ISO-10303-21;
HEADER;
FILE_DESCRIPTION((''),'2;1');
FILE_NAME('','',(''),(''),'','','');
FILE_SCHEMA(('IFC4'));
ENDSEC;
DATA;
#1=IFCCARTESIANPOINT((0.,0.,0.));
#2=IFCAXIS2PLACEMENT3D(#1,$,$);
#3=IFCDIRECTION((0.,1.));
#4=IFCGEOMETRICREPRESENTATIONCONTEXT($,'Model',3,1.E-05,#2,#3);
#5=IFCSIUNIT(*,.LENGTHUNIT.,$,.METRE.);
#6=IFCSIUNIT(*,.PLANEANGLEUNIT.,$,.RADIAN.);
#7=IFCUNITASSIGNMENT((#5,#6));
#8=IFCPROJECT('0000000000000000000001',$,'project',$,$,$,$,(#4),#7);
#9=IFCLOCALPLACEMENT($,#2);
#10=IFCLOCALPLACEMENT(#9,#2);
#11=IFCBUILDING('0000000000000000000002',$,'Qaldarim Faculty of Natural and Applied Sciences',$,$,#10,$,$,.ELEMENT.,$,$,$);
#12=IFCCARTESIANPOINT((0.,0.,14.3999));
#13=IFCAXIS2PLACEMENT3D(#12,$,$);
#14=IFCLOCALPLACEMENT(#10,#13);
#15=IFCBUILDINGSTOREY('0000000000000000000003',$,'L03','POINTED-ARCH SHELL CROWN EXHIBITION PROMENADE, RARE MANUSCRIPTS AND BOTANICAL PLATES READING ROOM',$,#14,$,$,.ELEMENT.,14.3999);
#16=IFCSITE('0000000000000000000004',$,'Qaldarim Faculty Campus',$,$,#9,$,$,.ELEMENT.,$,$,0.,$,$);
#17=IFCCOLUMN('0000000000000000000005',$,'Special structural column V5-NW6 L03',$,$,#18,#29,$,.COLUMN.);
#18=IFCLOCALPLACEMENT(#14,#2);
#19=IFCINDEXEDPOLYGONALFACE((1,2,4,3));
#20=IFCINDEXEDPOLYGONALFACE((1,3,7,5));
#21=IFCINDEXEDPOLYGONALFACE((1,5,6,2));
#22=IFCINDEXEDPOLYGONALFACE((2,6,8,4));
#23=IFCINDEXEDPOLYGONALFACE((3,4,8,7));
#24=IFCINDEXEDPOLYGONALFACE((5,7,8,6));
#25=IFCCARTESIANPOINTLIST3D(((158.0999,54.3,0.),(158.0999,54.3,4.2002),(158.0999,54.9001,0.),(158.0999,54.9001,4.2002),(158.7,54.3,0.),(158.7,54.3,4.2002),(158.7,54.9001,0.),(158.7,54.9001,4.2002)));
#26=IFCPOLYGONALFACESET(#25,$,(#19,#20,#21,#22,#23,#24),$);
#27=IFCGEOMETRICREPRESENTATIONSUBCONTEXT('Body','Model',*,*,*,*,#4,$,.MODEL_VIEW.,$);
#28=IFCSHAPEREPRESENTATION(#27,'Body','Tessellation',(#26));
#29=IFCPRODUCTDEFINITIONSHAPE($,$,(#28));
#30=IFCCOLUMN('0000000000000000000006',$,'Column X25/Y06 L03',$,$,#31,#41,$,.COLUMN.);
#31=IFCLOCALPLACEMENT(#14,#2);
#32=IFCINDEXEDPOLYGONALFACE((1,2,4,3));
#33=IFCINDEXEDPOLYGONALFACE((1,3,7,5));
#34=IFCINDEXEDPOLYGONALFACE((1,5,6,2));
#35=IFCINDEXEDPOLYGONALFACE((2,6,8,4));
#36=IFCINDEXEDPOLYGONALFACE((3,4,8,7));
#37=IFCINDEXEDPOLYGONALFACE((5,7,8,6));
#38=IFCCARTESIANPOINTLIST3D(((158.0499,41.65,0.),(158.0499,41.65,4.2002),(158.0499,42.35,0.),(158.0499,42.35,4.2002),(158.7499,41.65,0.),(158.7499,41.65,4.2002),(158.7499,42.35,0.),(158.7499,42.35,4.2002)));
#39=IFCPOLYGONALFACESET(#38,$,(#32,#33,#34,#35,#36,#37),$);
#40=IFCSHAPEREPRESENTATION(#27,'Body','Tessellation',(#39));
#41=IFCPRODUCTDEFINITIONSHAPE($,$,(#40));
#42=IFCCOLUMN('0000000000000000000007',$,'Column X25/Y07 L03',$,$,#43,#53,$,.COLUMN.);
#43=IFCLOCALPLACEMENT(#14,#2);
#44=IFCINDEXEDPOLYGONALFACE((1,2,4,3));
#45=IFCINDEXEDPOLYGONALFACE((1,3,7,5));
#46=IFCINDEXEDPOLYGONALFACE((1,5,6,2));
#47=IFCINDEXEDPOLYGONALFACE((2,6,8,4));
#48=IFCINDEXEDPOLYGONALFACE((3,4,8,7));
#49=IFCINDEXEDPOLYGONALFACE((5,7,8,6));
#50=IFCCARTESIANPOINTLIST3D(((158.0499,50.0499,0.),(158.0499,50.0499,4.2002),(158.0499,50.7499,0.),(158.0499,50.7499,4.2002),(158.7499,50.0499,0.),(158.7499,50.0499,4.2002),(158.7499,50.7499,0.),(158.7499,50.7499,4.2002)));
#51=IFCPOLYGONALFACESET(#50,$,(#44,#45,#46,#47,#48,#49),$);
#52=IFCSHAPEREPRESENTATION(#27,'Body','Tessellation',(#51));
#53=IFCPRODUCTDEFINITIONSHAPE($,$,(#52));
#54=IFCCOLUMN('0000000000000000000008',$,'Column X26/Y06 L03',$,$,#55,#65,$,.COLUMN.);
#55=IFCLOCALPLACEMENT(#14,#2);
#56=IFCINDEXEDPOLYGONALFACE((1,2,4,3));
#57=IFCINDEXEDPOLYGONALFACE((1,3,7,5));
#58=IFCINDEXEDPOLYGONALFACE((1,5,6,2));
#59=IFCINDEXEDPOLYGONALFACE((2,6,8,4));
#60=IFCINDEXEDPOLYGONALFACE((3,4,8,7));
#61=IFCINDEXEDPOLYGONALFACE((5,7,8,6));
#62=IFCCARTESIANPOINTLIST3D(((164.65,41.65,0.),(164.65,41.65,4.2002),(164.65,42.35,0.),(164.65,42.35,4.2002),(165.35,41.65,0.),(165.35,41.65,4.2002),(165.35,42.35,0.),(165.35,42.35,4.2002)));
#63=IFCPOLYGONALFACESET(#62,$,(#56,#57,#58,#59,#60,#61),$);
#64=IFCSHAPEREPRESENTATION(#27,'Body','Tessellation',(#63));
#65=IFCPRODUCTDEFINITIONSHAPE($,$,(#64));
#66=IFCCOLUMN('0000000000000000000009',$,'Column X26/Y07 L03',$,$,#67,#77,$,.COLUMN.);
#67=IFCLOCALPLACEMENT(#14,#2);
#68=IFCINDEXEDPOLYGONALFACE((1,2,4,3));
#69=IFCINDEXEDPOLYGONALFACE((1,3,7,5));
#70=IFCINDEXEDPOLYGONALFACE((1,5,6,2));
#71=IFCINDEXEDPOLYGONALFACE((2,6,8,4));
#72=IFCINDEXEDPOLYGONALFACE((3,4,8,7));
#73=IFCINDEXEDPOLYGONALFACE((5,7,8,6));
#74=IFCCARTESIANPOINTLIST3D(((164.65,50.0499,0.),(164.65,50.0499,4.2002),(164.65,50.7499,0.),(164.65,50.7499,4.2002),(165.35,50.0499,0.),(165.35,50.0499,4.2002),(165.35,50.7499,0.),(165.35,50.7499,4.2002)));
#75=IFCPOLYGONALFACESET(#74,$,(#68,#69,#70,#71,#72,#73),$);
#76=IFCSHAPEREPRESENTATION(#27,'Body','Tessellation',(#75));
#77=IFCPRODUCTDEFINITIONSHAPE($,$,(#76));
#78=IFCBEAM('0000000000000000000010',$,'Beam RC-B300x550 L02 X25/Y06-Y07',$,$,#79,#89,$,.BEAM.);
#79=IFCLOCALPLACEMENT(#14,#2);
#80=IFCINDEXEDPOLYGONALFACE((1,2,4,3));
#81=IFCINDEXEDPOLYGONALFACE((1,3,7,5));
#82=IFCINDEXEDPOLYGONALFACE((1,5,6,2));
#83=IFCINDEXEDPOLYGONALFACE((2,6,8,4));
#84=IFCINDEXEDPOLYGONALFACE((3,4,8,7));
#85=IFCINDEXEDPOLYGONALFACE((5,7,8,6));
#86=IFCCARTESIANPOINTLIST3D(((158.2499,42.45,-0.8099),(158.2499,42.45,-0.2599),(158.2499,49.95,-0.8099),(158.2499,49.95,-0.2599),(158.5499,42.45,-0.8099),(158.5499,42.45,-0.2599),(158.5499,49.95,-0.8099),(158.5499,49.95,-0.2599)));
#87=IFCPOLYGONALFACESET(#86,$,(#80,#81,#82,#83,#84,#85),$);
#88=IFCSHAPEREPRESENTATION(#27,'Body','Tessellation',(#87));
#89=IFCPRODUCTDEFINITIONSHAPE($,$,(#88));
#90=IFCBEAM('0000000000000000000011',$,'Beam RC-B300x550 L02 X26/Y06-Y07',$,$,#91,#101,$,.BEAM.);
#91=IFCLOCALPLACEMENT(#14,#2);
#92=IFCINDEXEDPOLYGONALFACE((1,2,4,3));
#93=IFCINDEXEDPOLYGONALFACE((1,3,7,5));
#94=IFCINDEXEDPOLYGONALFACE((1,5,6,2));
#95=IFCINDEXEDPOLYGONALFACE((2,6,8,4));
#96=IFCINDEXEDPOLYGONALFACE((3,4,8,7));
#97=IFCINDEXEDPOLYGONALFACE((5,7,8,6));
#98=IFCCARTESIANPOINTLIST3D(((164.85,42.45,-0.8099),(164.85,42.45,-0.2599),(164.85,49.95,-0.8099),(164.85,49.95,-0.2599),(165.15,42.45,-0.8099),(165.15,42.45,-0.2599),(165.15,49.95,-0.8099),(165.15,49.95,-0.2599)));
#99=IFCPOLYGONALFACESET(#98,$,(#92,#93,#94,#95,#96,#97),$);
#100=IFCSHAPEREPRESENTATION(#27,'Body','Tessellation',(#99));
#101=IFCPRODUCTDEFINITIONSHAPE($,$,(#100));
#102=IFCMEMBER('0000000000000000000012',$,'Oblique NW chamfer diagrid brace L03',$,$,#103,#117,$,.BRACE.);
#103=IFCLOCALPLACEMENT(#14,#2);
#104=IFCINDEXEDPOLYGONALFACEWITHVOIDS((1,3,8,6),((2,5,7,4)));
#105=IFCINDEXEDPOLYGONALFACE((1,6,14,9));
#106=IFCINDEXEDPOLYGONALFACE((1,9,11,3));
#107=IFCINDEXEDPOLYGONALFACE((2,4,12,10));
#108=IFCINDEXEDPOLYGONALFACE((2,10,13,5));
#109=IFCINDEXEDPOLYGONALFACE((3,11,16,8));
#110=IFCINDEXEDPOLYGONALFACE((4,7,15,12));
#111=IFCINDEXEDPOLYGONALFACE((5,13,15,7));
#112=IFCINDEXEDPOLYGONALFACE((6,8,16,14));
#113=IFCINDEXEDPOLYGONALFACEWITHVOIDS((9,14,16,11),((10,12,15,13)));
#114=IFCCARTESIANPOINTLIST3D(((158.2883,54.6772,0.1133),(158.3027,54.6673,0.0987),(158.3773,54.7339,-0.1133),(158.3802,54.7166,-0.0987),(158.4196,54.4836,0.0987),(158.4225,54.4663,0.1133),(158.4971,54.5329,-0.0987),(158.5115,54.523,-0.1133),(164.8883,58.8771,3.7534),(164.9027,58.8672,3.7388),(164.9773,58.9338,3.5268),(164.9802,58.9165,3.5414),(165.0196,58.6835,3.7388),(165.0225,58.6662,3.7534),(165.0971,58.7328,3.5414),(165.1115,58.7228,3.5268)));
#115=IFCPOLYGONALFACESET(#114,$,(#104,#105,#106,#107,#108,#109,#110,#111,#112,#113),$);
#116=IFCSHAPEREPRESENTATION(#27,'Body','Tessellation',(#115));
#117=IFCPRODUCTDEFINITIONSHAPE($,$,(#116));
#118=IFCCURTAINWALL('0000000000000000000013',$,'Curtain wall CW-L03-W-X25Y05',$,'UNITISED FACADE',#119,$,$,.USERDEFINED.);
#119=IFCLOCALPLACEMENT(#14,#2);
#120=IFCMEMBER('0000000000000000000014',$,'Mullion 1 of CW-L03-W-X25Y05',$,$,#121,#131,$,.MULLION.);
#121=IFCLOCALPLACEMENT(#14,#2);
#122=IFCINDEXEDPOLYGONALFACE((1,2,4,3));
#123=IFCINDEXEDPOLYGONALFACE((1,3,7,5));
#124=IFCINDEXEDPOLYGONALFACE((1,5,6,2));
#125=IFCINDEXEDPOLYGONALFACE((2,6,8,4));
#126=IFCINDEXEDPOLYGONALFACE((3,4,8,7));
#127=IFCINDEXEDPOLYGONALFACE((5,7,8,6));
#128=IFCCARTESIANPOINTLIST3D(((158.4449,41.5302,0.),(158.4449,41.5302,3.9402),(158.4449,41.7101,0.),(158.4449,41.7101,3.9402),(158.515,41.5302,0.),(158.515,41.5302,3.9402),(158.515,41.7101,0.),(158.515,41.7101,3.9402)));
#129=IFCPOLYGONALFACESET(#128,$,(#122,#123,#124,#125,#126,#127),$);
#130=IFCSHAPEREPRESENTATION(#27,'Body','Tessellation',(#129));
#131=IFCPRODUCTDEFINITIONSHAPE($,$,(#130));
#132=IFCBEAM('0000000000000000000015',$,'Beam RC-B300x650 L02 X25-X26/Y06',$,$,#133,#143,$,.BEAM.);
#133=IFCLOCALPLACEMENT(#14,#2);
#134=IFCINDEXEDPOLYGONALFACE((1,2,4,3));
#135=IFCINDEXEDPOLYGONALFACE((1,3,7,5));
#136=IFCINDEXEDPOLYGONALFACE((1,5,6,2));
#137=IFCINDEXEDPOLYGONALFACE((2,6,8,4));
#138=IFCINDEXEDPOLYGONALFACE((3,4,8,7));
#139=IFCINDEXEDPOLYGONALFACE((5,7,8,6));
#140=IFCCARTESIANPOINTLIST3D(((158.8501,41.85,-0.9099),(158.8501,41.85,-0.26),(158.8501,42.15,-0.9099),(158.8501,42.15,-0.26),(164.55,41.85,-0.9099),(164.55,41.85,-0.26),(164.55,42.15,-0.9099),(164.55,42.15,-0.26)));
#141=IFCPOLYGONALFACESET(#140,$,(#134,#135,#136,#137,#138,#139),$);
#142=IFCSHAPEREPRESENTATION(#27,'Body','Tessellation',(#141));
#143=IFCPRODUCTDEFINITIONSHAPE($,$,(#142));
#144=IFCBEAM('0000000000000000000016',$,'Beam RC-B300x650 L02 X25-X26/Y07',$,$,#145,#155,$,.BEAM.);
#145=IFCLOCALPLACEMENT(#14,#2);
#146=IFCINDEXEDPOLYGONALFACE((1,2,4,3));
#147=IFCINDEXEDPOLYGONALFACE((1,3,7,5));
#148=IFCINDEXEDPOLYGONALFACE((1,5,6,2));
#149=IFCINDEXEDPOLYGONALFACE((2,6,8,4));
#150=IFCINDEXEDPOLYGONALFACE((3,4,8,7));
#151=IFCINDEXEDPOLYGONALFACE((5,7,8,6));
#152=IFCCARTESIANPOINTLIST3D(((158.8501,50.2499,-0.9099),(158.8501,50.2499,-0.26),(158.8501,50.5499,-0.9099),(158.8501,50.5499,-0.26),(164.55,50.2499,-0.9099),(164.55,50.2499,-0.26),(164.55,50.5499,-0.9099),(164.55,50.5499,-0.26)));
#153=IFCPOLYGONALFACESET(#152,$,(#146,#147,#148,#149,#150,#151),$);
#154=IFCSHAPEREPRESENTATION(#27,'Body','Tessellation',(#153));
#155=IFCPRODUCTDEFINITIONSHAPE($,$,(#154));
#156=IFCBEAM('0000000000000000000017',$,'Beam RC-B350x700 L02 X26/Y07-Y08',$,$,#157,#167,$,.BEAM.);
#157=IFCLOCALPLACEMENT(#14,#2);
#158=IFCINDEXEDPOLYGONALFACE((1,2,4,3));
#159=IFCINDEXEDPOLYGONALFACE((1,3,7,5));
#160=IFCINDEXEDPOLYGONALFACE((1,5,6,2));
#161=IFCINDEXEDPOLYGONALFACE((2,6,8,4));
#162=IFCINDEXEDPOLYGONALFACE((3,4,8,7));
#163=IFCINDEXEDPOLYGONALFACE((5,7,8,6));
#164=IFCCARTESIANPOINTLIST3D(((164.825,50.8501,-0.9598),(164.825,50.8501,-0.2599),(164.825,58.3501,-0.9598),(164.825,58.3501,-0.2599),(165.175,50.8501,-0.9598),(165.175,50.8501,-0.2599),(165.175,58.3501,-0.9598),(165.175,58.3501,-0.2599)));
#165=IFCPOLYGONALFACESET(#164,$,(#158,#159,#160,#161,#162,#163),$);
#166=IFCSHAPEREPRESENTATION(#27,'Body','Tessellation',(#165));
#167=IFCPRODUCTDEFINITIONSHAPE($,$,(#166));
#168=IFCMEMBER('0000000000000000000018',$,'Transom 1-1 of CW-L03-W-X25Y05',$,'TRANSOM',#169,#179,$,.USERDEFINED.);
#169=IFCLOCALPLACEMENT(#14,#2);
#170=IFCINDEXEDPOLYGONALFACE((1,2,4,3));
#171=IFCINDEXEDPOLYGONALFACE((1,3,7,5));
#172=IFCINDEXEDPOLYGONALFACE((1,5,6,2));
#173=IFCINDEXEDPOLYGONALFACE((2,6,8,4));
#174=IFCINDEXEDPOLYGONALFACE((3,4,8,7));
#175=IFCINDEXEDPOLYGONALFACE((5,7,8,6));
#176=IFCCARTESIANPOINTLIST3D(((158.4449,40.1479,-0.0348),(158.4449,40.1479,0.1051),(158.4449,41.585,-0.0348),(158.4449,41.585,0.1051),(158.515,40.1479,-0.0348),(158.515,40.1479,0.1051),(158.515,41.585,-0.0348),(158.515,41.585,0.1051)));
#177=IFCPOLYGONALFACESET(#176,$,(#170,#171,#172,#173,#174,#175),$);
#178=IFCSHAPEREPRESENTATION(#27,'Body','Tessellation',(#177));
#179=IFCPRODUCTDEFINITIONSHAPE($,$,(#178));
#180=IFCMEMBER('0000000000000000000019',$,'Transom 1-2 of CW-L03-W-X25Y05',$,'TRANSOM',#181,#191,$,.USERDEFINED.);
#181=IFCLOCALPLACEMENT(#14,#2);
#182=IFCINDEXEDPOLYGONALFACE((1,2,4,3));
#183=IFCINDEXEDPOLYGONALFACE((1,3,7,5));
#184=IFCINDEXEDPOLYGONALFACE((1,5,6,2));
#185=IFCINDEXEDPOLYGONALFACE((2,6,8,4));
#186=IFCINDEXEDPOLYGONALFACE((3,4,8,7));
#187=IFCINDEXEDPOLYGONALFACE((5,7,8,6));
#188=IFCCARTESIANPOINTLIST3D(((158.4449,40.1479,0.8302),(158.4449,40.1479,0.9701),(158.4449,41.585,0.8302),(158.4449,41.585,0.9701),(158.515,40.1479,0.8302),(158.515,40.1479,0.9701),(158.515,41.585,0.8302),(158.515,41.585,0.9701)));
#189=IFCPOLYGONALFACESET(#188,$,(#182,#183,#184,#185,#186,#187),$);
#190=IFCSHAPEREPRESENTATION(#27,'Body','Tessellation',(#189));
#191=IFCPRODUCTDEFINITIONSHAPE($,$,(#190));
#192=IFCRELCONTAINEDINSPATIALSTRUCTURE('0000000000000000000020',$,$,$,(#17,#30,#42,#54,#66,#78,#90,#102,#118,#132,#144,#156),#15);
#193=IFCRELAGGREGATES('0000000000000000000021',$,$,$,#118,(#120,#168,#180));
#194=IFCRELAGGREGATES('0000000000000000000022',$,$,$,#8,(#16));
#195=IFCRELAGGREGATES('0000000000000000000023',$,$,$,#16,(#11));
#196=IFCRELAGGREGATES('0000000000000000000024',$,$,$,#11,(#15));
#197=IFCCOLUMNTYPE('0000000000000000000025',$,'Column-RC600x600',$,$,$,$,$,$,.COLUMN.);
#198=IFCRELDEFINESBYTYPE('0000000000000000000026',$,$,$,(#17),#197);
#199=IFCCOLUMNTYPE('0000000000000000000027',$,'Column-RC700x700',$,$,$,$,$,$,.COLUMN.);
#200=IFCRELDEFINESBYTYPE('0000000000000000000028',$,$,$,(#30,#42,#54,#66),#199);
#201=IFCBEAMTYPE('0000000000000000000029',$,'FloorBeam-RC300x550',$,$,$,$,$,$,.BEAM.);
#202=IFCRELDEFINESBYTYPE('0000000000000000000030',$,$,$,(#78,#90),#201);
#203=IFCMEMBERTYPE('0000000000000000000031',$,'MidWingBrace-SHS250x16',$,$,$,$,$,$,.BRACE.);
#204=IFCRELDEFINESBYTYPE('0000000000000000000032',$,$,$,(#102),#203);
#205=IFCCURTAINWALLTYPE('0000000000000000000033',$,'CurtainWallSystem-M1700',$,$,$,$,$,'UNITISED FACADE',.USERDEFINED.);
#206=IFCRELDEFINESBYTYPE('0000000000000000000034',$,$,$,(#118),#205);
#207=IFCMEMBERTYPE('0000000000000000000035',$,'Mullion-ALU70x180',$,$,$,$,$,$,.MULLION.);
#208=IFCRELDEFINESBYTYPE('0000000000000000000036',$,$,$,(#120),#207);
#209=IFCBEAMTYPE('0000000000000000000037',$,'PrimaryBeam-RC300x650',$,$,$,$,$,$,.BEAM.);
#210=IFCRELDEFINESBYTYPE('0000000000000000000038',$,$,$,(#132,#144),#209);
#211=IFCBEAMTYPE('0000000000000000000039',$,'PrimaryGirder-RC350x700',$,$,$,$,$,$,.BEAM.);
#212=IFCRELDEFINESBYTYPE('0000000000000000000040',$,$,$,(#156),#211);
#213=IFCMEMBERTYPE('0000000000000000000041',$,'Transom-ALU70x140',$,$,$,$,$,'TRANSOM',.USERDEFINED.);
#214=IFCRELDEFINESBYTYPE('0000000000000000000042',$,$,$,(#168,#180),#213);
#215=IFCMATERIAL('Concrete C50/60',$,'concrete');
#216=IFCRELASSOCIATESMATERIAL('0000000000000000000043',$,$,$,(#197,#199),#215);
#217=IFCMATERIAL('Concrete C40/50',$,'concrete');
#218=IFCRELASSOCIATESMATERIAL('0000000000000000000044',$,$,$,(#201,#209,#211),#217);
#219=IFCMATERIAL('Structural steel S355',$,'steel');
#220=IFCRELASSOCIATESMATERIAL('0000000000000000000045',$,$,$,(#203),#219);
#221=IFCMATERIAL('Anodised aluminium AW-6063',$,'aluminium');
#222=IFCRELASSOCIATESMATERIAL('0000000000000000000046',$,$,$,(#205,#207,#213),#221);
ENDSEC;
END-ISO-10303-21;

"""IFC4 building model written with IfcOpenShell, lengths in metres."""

from ifc_helpers import new_model, si_unit, direction, frame, origin, origin_2d, place, context, subcontext, project, spatial, rectangle, hollow_rectangle, extrude, material, material_profile, profile_set, type_object, element, aggregate, save


model = new_model("IFC4")

# Units and contexts
model_context = context("Model", 3, precision=1e-05, world=origin(), true_north=direction((0.0, 1.0)))
body_context = subcontext(model_context, "Body", "Model", "MODEL_VIEW")
ifc_project = project(units=[si_unit("LENGTHUNIT", "METRE"), si_unit("PLANEANGLEUNIT", "RADIAN")], contexts=[model_context])

# Site, building, storey
site_placement = place(None, origin())
site = spatial("IfcSite", under=ifc_project, at=site_placement, Name="Qaldarim Faculty Campus", CompositionType="ELEMENT", RefElevation=0.0)
building_placement = place(site_placement, origin())
building = spatial("IfcBuilding", under=site, at=building_placement, Name="Qaldarim Faculty of Natural and Applied Sciences", CompositionType="ELEMENT")
storey_placement = place(building_placement, frame((0.0, 0.0, 14.3999)))
storey = spatial("IfcBuildingStorey", under=building, at=storey_placement, Name="L03", Description="POINTED-ARCH SHELL CROWN EXHIBITION PROMENADE, RARE MANUSCRIPTS AND BOTANICAL PLATES READING ROOM", CompositionType="ELEMENT", Elevation=14.3999)

# Columns
ifc_material_1 = material(Name="Concrete C50/60", Category="concrete")
ifc_material_profile_1 = material_profile(ifc_material_1, rectangle(XDim=0.6001, YDim=0.6001, at=origin_2d()), Name="RC-C600x600")
ifc_profile_set_1 = profile_set([ifc_material_profile_1], Name="Concrete C50/60")
column_type_1 = type_object("IfcColumnType", Name="Column-RC600x600", PredefinedType="COLUMN", material=ifc_profile_set_1)
column_placement = place(storey_placement, frame((158.3999, 54.6001, 0.0), z_axis=(0.0, 0.0, 1.0), x_axis=(1.0, 0.0, 0.0)))
element("IfcColumn", 1, at=column_placement, inside=storey, type_object=column_type_1, Name="Special structural column V5-NW6 L03", PredefinedType="COLUMN", context=body_context, shape_type="SweptSolid", body=[
    extrude(rectangle(XDim=0.6001, YDim=0.6001, at=origin_2d()), origin(), (0.0, 0.0, 1.0), 4.2002),
])
ifc_material_profile_2 = material_profile(ifc_material_1, rectangle(XDim=0.7, YDim=0.7, at=origin_2d()), Name="RC-C700x700")
ifc_profile_set_2 = profile_set([ifc_material_profile_2], Name="Concrete C50/60")
column_type_2 = type_object("IfcColumnType", Name="Column-RC700x700", PredefinedType="COLUMN", material=ifc_profile_set_2)
for number, where, z_axis, x_axis, name in (
    (2, (158.3999, 42.0, 0.0), (0.0, 0.0, 1.0), (1.0, 0.0, 0.0), "Column X25/Y06 L03"),
    (3, (158.3999, 50.3999, 0.0), (0.0, 0.0, 1.0), (1.0, 0.0, 0.0), "Column X25/Y07 L03"),
    (4, (165.0, 42.0, 0.0), (0.0, 0.0, 1.0), (1.0, 0.0, 0.0), "Column X26/Y06 L03"),
    (5, (165.0, 50.3999, 0.0), (0.0, 0.0, 1.0), (1.0, 0.0, 0.0), "Column X26/Y07 L03"),
):
    element("IfcColumn", number, at=place(storey_placement, frame(where, z_axis=z_axis, x_axis=x_axis)), inside=storey, type_object=column_type_2, Name=name, PredefinedType="COLUMN", context=body_context, shape_type="SweptSolid", body=[
        extrude(rectangle(XDim=0.7, YDim=0.7, at=origin_2d()), origin(), (0.0, 0.0, 1.0), 4.2002),
    ])

# Beams
ifc_material_2 = material(Name="Concrete C40/50", Category="concrete")
ifc_material_profile_3 = material_profile(ifc_material_2, rectangle(XDim=0.3, YDim=0.55, at=origin_2d()), Name="RC-B300x550")
ifc_profile_set_3 = profile_set([ifc_material_profile_3], Name="Concrete C40/50")
beam_type_1 = type_object("IfcBeamType", Name="FloorBeam-RC300x550", PredefinedType="BEAM", material=ifc_profile_set_3)
for number, where, z_axis, x_axis, name in (
    (6, (158.3999, 42.45, -0.5349), (0.0, 1.0, 0.0), (-1.0, 0.0, 0.0), "Beam RC-B300x550 L02 X25/Y06-Y07"),
    (7, (165.0, 42.45, -0.5349), (0.0, 1.0, 0.0), (-1.0, 0.0, 0.0), "Beam RC-B300x550 L02 X26/Y06-Y07"),
):
    element("IfcBeam", number, at=place(storey_placement, frame(where, z_axis=z_axis, x_axis=x_axis)), inside=storey, type_object=beam_type_1, Name=name, PredefinedType="BEAM", context=body_context, shape_type="SweptSolid", body=[
        extrude(rectangle(XDim=0.3, YDim=0.55, at=origin_2d()), origin(), (0.0, 0.0, 1.0), 7.5),
    ])

# Member
ifc_material_3 = material(Name="Structural steel S355", Category="steel")
ifc_material_profile_4 = material_profile(ifc_material_3, hollow_rectangle(XDim=0.25, YDim=0.25, WallThickness=0.0161, at=origin_2d()), Name="SHS 250x250x16.0")
ifc_profile_set_4 = profile_set([ifc_material_profile_4], Name="Structural steel S355")
member_type_1 = type_object("IfcMemberType", Name="MidWingBrace-SHS250x16", PredefinedType="BRACE", material=ifc_profile_set_4)
member_1_placement = place(storey_placement, frame((158.3999, 54.6001, 0.0), z_axis=(0.764916, 0.486752, 0.421872), x_axis=(-0.536865, 0.843668, 0.0)))
element("IfcMember", 8, at=member_1_placement, inside=storey, type_object=member_type_1, Name="Oblique NW chamfer diagrid brace L03", PredefinedType="BRACE", context=body_context, shape_type="SweptSolid", body=[
    extrude(hollow_rectangle(XDim=0.25, YDim=0.25, WallThickness=0.0161, at=origin_2d()), origin(), (0.0, 0.0, 1.0), 8.6284),
])

# Curtain wall, member
ifc_material_4 = material(Name="Anodised aluminium AW-6063", Category="aluminium")
curtain_wall_type = type_object("IfcCurtainWallType", Name="CurtainWallSystem-M1700", ElementType="UNITISED FACADE", PredefinedType="USERDEFINED", material=ifc_material_4)
curtain_wall_placement = place(storey_placement, origin())
curtain_wall = element("IfcCurtainWall", 9, at=curtain_wall_placement, inside=storey, type_object=curtain_wall_type, Name="Curtain wall CW-L03-W-X25Y05", ObjectType="UNITISED FACADE", PredefinedType="USERDEFINED")
ifc_material_profile_5 = material_profile(ifc_material_4, rectangle(XDim=0.0701, YDim=0.1799, at=origin_2d()), Name="ALU-M70x180")
ifc_profile_set_5 = profile_set([ifc_material_profile_5], Name="Anodised aluminium AW-6063")
member_type_2 = type_object("IfcMemberType", Name="Mullion-ALU70x180", PredefinedType="MULLION", material=ifc_profile_set_5)
member_2_placement = place(storey_placement, frame((158.48, 41.6201, 0.0), z_axis=(0.0, 0.0, 1.0), x_axis=(1.0, 0.0, 0.0)))
member_2 = element("IfcMember", 10, at=member_2_placement, type_object=member_type_2, Name="Mullion 1 of CW-L03-W-X25Y05", PredefinedType="MULLION", context=body_context, shape_type="SweptSolid", body=[
    extrude(rectangle(XDim=0.0701, YDim=0.1799, at=origin_2d()), origin(), (0.0, 0.0, 1.0), 3.9402),
])

# Beams
ifc_material_profile_6 = material_profile(ifc_material_2, rectangle(XDim=0.3, YDim=0.6499, at=origin_2d()), Name="RC-B300x650")
ifc_profile_set_6 = profile_set([ifc_material_profile_6], Name="Concrete C40/50")
beam_type_2 = type_object("IfcBeamType", Name="PrimaryBeam-RC300x650", PredefinedType="BEAM", material=ifc_profile_set_6)
for number, where, z_axis, x_axis, name in (
    (11, (158.8501, 42.0, -0.585), (1.0, 0.0, 0.0), (0.0, 1.0, 0.0), "Beam RC-B300x650 L02 X25-X26/Y06"),
    (12, (158.8501, 50.3999, -0.585), (1.0, 0.0, 0.0), (0.0, 1.0, 0.0), "Beam RC-B300x650 L02 X25-X26/Y07"),
):
    element("IfcBeam", number, at=place(storey_placement, frame(where, z_axis=z_axis, x_axis=x_axis)), inside=storey, type_object=beam_type_2, Name=name, PredefinedType="BEAM", context=body_context, shape_type="SweptSolid", body=[
        extrude(rectangle(XDim=0.3, YDim=0.6499, at=origin_2d()), origin(), (0.0, 0.0, 1.0), 5.7),
    ])
ifc_material_profile_7 = material_profile(ifc_material_2, rectangle(XDim=0.3501, YDim=0.7, at=origin_2d()), Name="RC-B350x700")
ifc_profile_set_7 = profile_set([ifc_material_profile_7], Name="Concrete C40/50")
beam_type_3 = type_object("IfcBeamType", Name="PrimaryGirder-RC350x700", PredefinedType="BEAM", material=ifc_profile_set_7)
beam_placement = place(storey_placement, frame((165.0, 50.8501, -0.6099), z_axis=(0.0, 1.0, 0.0), x_axis=(-1.0, 0.0, 0.0)))
element("IfcBeam", 13, at=beam_placement, inside=storey, type_object=beam_type_3, Name="Beam RC-B350x700 L02 X26/Y07-Y08", PredefinedType="BEAM", context=body_context, shape_type="SweptSolid", body=[
    extrude(rectangle(XDim=0.3501, YDim=0.7, at=origin_2d()), origin(), (0.0, 0.0, 1.0), 7.5),
])

# Members
ifc_material_profile_8 = material_profile(ifc_material_4, rectangle(XDim=0.0701, YDim=0.1399, at=origin_2d()), Name="ALU-T70x140")
ifc_profile_set_8 = profile_set([ifc_material_profile_8], Name="Anodised aluminium AW-6063")
member_type_3 = type_object("IfcMemberType", Name="Transom-ALU70x140", ElementType="TRANSOM", PredefinedType="USERDEFINED", material=ifc_profile_set_8)
member_3_placement = place(storey_placement, frame((158.48, 41.585, 0.0352), z_axis=(0.0, -1.0, 0.0), x_axis=(1.0, 0.0, 0.0)))
member_3 = element("IfcMember", 14, at=member_3_placement, type_object=member_type_3, Name="Transom 1-1 of CW-L03-W-X25Y05", ObjectType="TRANSOM", PredefinedType="USERDEFINED", context=body_context, shape_type="SweptSolid", body=[
    extrude(rectangle(XDim=0.0701, YDim=0.1399, at=origin_2d()), origin(), (0.0, 0.0, 1.0), 1.437),
])
member_4_placement = place(storey_placement, frame((158.48, 41.585, 0.9001), z_axis=(0.0, -1.0, 0.0), x_axis=(1.0, 0.0, 0.0)))
member_4 = element("IfcMember", 15, at=member_4_placement, type_object=member_type_3, Name="Transom 1-2 of CW-L03-W-X25Y05", ObjectType="TRANSOM", PredefinedType="USERDEFINED", context=body_context, shape_type="SweptSolid", body=[
    extrude(rectangle(XDim=0.0701, YDim=0.1399, at=origin_2d()), origin(), (0.0, 0.0, 1.0), 1.437),
])
aggregate(curtain_wall, [member_2, member_3, member_4])

save(model, "model.ifc")
